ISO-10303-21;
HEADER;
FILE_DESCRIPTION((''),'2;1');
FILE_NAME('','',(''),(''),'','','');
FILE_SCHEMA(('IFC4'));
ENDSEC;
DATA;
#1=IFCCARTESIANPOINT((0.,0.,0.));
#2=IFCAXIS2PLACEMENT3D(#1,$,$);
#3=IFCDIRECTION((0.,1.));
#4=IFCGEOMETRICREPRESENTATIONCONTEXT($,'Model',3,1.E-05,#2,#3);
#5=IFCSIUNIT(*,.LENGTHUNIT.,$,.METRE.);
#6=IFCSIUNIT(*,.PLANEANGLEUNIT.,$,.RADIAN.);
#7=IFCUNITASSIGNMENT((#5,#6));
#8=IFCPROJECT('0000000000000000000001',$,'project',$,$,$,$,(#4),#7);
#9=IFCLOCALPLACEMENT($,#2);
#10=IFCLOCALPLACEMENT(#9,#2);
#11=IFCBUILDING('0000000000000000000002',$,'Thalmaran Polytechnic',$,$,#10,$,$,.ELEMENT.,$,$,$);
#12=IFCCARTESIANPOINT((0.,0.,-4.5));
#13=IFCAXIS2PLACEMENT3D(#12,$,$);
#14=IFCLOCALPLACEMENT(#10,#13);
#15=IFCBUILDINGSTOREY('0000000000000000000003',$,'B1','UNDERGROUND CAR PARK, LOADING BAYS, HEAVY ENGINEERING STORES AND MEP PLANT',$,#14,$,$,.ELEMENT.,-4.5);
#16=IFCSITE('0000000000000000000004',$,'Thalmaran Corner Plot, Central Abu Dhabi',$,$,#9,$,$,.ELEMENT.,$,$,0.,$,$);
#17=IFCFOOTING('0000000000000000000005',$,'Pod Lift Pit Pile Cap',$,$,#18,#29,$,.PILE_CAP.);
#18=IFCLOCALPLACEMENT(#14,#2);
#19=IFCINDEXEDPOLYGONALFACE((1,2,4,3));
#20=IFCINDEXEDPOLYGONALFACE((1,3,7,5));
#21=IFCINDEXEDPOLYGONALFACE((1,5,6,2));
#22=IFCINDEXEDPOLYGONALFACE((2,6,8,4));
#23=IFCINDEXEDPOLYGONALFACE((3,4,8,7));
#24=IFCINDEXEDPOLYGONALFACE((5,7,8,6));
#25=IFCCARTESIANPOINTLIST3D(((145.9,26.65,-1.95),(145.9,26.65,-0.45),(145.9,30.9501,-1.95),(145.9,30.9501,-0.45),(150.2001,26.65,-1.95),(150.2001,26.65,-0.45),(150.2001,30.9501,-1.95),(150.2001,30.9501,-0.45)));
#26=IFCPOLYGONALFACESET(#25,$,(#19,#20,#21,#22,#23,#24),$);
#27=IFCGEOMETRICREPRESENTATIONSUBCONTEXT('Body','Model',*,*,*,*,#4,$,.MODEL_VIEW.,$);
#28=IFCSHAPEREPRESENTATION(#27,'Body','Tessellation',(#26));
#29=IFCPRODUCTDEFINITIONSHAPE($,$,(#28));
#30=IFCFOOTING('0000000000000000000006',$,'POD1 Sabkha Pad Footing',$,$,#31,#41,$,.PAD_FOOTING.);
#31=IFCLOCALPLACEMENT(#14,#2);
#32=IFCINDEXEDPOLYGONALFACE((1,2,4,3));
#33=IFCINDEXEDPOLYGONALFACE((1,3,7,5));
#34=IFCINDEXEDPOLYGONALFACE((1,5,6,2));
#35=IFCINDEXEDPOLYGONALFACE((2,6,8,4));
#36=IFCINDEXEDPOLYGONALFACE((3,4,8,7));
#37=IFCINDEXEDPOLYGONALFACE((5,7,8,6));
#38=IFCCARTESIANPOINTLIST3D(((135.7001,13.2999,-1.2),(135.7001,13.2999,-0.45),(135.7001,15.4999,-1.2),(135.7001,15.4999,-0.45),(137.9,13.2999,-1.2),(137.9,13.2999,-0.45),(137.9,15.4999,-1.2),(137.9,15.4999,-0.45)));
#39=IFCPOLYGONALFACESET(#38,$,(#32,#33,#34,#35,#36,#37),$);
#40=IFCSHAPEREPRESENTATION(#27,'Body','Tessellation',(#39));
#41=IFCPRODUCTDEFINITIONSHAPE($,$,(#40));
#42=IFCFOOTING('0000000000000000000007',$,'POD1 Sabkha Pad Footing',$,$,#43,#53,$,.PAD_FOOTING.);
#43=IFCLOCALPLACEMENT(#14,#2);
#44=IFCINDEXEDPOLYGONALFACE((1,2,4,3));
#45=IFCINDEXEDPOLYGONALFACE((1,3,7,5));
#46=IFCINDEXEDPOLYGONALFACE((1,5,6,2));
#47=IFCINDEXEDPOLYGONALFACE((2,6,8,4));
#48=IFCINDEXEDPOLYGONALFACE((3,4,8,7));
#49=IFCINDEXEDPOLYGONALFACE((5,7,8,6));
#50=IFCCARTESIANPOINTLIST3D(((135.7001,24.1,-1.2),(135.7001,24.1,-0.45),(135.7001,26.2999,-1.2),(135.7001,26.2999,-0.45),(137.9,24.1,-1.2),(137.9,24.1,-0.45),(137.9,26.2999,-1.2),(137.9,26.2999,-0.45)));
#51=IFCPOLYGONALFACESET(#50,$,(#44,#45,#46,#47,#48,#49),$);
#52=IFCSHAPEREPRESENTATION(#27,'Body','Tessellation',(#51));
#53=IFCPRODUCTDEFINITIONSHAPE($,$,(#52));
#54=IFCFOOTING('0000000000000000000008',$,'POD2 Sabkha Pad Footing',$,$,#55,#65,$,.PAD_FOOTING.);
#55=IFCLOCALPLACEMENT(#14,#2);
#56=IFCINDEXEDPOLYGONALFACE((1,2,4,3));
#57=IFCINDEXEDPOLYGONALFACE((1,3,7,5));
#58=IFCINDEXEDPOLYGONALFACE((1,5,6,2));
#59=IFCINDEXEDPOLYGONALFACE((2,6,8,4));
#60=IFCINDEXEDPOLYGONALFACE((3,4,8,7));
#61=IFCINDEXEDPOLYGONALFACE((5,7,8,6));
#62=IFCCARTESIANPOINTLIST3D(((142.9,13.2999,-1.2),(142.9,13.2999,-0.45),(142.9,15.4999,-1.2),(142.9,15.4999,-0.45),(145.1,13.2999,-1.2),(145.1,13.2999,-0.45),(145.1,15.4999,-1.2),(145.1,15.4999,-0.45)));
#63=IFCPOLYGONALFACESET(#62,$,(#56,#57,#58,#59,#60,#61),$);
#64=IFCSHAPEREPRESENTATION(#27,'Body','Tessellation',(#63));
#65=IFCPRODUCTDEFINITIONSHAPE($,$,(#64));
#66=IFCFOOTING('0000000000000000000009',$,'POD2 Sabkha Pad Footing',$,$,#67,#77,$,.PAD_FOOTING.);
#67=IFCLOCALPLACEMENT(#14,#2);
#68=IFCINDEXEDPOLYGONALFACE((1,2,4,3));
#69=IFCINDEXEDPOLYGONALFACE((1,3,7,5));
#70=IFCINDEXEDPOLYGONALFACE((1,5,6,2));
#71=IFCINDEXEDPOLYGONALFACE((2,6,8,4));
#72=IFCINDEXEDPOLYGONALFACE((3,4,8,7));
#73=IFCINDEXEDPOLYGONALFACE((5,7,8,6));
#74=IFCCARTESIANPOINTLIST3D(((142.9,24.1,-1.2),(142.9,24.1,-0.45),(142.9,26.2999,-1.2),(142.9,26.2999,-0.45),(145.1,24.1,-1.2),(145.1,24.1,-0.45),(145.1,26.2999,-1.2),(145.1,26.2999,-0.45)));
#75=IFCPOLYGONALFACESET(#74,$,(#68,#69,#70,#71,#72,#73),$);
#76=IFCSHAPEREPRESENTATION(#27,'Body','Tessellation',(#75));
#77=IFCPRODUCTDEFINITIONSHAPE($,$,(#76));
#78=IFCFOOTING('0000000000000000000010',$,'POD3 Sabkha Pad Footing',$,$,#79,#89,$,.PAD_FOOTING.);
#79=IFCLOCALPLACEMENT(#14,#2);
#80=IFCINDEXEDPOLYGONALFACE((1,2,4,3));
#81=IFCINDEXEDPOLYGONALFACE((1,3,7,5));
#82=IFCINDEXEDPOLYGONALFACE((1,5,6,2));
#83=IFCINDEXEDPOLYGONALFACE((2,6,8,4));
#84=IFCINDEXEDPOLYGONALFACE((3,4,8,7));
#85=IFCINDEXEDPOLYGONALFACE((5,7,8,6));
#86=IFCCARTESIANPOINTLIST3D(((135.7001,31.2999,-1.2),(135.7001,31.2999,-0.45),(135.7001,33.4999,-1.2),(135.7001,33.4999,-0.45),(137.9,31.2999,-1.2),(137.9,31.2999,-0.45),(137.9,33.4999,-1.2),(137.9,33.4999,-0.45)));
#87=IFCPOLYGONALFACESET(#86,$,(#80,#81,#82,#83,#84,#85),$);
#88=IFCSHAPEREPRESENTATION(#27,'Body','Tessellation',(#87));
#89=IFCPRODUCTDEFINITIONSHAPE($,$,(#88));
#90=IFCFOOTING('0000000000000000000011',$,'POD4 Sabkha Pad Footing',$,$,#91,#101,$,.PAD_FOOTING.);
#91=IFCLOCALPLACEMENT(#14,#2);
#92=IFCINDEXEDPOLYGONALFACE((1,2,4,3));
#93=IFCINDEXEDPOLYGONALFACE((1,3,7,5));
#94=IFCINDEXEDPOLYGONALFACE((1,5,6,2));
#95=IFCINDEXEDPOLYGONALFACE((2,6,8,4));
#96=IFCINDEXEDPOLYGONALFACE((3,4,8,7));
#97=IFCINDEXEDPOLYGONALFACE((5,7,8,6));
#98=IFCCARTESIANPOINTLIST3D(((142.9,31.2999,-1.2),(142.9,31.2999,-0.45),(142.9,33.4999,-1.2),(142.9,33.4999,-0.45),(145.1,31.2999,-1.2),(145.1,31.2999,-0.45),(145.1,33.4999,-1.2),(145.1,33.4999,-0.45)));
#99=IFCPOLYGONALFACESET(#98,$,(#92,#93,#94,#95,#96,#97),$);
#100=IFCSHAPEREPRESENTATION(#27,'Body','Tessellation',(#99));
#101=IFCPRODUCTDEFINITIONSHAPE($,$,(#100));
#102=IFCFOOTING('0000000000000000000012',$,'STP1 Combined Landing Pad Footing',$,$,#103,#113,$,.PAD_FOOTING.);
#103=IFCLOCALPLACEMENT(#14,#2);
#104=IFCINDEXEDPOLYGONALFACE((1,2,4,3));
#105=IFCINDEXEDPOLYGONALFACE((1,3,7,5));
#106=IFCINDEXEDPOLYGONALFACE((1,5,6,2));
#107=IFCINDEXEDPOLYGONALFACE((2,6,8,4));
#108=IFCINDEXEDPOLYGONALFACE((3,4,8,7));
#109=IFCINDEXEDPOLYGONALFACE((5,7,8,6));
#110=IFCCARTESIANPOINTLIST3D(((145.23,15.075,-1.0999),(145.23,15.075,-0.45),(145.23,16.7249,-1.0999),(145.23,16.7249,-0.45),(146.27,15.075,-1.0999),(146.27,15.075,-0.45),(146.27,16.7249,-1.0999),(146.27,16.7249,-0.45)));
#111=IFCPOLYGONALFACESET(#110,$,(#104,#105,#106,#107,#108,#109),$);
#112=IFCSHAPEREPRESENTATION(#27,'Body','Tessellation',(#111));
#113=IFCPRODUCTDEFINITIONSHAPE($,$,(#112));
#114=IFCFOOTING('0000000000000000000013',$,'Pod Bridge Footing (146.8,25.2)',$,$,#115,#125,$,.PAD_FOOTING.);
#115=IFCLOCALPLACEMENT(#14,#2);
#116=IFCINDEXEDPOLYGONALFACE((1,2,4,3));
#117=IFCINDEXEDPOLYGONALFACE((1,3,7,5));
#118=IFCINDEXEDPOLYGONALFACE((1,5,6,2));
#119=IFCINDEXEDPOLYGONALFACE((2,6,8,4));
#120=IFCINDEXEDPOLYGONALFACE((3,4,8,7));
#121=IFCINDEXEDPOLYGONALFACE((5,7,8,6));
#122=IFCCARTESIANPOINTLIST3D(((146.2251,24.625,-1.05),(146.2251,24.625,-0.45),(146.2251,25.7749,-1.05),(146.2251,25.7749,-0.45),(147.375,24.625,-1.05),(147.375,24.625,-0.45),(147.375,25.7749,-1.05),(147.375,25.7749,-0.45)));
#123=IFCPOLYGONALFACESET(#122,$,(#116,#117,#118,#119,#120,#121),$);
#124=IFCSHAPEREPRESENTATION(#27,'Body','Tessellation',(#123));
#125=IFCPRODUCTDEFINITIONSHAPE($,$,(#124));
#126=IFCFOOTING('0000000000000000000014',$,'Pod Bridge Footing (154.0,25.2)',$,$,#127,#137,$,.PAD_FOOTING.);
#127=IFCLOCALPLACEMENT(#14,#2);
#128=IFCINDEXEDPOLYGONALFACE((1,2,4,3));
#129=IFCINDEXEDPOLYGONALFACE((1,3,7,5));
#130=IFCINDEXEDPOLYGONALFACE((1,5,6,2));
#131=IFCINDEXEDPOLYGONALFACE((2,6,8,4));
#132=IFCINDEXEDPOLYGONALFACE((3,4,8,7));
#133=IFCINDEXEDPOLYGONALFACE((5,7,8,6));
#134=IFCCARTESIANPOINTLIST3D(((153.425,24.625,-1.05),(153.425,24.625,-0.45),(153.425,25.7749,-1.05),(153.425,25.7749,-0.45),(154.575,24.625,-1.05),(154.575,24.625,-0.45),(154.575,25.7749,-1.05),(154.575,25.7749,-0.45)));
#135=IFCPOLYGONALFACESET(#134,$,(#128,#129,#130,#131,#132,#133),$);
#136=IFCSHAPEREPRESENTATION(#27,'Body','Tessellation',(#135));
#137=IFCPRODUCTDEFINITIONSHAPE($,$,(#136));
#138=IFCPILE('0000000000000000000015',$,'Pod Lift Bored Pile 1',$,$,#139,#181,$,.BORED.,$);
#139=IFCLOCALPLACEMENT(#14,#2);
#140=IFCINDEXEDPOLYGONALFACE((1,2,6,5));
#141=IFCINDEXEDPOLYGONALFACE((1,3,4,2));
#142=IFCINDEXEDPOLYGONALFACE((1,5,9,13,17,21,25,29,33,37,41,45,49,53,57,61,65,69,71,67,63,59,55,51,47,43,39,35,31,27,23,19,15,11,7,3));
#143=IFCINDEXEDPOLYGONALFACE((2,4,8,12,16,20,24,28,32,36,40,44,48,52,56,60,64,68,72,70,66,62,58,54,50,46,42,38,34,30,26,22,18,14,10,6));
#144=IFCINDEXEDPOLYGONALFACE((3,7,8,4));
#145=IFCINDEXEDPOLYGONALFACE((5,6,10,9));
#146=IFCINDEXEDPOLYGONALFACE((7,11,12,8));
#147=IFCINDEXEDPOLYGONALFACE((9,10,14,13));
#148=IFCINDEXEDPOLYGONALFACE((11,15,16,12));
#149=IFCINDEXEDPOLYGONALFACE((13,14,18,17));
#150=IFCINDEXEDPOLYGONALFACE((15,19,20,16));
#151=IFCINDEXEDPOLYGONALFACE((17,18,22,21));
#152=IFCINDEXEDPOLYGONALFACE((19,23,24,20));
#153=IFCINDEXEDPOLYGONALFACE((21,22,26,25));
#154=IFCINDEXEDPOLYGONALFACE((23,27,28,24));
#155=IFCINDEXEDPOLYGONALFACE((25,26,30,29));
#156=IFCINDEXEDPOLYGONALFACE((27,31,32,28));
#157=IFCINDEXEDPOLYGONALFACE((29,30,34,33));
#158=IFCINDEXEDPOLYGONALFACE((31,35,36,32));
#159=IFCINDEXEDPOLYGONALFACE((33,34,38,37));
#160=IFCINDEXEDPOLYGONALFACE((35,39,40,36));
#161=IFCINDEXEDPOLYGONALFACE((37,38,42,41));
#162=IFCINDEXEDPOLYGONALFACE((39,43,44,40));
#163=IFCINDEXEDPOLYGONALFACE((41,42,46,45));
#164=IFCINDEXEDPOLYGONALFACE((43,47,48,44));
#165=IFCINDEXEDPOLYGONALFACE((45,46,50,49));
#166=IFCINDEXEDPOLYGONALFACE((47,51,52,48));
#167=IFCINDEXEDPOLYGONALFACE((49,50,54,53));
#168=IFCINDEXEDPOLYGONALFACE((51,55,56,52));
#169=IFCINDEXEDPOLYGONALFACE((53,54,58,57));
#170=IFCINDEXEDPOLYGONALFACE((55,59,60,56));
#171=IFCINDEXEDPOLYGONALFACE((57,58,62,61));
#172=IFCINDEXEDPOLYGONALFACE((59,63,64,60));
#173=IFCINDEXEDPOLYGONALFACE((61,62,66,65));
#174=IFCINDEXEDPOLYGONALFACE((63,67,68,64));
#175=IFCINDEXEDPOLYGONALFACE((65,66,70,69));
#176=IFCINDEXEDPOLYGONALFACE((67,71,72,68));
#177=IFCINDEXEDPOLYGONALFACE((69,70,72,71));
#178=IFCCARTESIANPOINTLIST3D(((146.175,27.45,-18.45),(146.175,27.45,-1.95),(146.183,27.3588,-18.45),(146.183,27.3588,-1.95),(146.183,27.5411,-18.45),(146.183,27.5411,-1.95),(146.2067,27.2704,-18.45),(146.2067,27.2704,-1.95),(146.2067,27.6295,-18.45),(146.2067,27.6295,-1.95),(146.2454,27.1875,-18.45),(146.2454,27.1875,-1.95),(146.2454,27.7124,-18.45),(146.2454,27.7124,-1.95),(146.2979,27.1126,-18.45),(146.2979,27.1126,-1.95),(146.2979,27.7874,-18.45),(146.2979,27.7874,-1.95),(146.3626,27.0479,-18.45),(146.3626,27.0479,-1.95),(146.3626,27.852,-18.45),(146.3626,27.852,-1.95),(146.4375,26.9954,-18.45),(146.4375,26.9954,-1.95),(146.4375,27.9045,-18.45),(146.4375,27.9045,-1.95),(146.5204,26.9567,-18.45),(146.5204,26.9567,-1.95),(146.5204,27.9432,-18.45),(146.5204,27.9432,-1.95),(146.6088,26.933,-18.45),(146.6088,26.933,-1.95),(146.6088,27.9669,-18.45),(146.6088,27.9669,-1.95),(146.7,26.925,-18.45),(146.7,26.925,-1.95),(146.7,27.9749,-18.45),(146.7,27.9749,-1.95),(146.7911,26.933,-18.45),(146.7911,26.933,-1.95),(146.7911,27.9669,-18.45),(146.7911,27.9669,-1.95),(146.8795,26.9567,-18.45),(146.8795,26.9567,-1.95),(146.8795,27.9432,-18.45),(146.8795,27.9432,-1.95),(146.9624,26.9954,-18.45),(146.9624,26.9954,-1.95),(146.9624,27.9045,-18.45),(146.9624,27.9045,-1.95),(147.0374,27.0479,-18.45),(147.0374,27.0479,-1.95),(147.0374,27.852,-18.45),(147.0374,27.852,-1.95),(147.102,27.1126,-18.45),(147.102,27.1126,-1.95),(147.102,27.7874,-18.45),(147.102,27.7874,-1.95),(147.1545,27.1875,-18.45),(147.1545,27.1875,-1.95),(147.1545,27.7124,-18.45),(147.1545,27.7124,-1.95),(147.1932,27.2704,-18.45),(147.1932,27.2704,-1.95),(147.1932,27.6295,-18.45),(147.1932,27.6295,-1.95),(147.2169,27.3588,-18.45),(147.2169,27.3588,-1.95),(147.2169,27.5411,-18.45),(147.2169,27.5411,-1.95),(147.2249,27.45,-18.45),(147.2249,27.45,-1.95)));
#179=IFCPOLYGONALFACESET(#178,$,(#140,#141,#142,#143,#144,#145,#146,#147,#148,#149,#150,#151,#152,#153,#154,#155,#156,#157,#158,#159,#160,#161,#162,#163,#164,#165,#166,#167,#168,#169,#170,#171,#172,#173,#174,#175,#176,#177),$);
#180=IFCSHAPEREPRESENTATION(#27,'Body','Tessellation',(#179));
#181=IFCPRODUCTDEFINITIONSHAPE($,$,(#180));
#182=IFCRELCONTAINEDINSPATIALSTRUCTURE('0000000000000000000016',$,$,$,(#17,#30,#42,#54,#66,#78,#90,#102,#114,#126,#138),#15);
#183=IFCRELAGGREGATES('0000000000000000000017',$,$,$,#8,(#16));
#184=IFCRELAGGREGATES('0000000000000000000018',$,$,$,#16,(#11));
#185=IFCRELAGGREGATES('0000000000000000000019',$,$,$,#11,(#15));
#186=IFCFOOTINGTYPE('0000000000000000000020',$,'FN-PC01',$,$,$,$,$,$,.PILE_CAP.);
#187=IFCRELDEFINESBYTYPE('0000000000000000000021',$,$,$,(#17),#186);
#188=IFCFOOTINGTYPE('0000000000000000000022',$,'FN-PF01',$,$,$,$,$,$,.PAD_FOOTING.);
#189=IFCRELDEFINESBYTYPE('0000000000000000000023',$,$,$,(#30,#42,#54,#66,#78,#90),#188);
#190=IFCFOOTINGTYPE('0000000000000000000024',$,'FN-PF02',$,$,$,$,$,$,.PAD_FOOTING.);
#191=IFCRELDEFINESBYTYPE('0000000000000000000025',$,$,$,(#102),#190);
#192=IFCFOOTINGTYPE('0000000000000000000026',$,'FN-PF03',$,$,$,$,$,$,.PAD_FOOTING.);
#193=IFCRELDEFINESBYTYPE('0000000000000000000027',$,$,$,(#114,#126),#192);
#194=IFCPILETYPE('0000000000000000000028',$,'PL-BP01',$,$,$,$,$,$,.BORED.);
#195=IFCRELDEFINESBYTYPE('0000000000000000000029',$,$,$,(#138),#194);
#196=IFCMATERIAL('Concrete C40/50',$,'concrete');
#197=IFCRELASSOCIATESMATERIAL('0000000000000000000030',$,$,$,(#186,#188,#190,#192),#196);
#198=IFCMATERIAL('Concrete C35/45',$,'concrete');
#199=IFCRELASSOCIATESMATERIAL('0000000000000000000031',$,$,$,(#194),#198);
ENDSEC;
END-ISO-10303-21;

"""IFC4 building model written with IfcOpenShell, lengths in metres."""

from ifc_helpers import new_model, si_unit, direction, frame, origin, origin_2d, place, context, subcontext, project, spatial, rectangle, circle, extrude, material, material_profile, profile_set, type_object, element, save


model = new_model("IFC4")

# Units and contexts
model_context = context("Model", 3, precision=1e-05, world=origin(), true_north=direction((0.0, 1.0)))
body_context = subcontext(model_context, "Body", "Model", "MODEL_VIEW")
ifc_project = project(units=[si_unit("LENGTHUNIT", "METRE"), si_unit("PLANEANGLEUNIT", "RADIAN")], contexts=[model_context])

# Site, building, storey
site_placement = place(None, origin())
site = spatial("IfcSite", under=ifc_project, at=site_placement, Name="Thalmaran Corner Plot, Central Abu Dhabi", CompositionType="ELEMENT", RefElevation=0.0)
building_placement = place(site_placement, origin())
building = spatial("IfcBuilding", under=site, at=building_placement, Name="Thalmaran Polytechnic", CompositionType="ELEMENT")
storey_placement = place(building_placement, frame((0.0, 0.0, -4.5)))
storey = spatial("IfcBuildingStorey", under=building, at=storey_placement, Name="B1", Description="UNDERGROUND CAR PARK, LOADING BAYS, HEAVY ENGINEERING STORES AND MEP PLANT", CompositionType="ELEMENT", Elevation=-4.5)

# Footings
ifc_material_1 = material(Name="Concrete C40/50", Category="concrete")
footing_type_1 = type_object("IfcFootingType", Name="FN-PC01", PredefinedType="PILE_CAP", material=ifc_material_1)
footing_1_placement = place(storey_placement, frame((148.05, 28.8, -1.95), z_axis=(0.0, 0.0, 1.0), x_axis=(1.0, 0.0, 0.0)))
element("IfcFooting", 1, at=footing_1_placement, inside=storey, type_object=footing_type_1, Name="Pod Lift Pit Pile Cap", PredefinedType="PILE_CAP", context=body_context, shape_type="SweptSolid", body=[
    extrude(rectangle(XDim=4.3, YDim=4.3, at=origin_2d()), origin(), (0.0, 0.0, 1.0), 1.5),
])
footing_type_2 = type_object("IfcFootingType", Name="FN-PF01", PredefinedType="PAD_FOOTING", material=ifc_material_1)
for number, where, z_axis, x_axis, name in (
    (2, (136.8, 14.3999, -1.2), (0.0, 0.0, 1.0), (1.0, 0.0, 0.0), "POD1 Sabkha Pad Footing"),
    (3, (136.8, 25.2, -1.2), (0.0, 0.0, 1.0), (1.0, 0.0, 0.0), "POD1 Sabkha Pad Footing"),
    (4, (144.0, 14.3999, -1.2), (0.0, 0.0, 1.0), (1.0, 0.0, 0.0), "POD2 Sabkha Pad Footing"),
    (5, (144.0, 25.2, -1.2), (0.0, 0.0, 1.0), (1.0, 0.0, 0.0), "POD2 Sabkha Pad Footing"),
    (6, (136.8, 32.3999, -1.2), (0.0, 0.0, 1.0), (1.0, 0.0, 0.0), "POD3 Sabkha Pad Footing"),
    (7, (144.0, 32.3999, -1.2), (0.0, 0.0, 1.0), (1.0, 0.0, 0.0), "POD4 Sabkha Pad Footing"),
):
    element("IfcFooting", number, at=place(storey_placement, frame(where, z_axis=z_axis, x_axis=x_axis)), inside=storey, type_object=footing_type_2, Name=name, PredefinedType="PAD_FOOTING", context=body_context, shape_type="SweptSolid", body=[
        extrude(rectangle(XDim=2.2, YDim=2.2, at=origin_2d()), origin(), (0.0, 0.0, 1.0), 0.75),
    ])
footing_type_3 = type_object("IfcFootingType", Name="FN-PF02", PredefinedType="PAD_FOOTING", material=ifc_material_1)
footing_2_placement = place(storey_placement, frame((145.75, 15.8999, -1.0999), z_axis=(0.0, 0.0, 1.0), x_axis=(1.0, 0.0, 0.0)))
element("IfcFooting", 8, at=footing_2_placement, inside=storey, type_object=footing_type_3, Name="STP1 Combined Landing Pad Footing", PredefinedType="PAD_FOOTING", context=body_context, shape_type="SweptSolid", body=[
    extrude(rectangle(XDim=1.04, YDim=1.6499, at=origin_2d()), origin(), (0.0, 0.0, 1.0), 0.6499),
])
footing_type_4 = type_object("IfcFootingType", Name="FN-PF03", PredefinedType="PAD_FOOTING", material=ifc_material_1)
for number, where, z_axis, x_axis, name in (
    (9, (146.8, 25.2, -1.05), (0.0, 0.0, 1.0), (1.0, 0.0, 0.0), "Pod Bridge Footing (146.8,25.2)"),
    (10, (154.0, 25.2, -1.05), (0.0, 0.0, 1.0), (1.0, 0.0, 0.0), "Pod Bridge Footing (154.0,25.2)"),
):
    element("IfcFooting", number, at=place(storey_placement, frame(where, z_axis=z_axis, x_axis=x_axis)), inside=storey, type_object=footing_type_4, Name=name, PredefinedType="PAD_FOOTING", context=body_context, shape_type="SweptSolid", body=[
        extrude(rectangle(XDim=1.1499, YDim=1.1499, at=origin_2d()), origin(), (0.0, 0.0, 1.0), 0.6001),
    ])

# Pile
ifc_material_2 = material(Name="Concrete C35/45", Category="concrete")
ifc_material_profile_1 = material_profile(ifc_material_2, circle(Radius=0.5249, at=origin_2d()), Name="RC 1050 DIA")
ifc_profile_set_1 = profile_set([ifc_material_profile_1], Name="Concrete C35/45")
pile_type = type_object("IfcPileType", Name="PL-BP01", PredefinedType="BORED", material=ifc_profile_set_1)
for number, where, z_axis, x_axis, name in (
    (11, (146.7, 27.45, -18.45), (0.0, 0.0, 1.0), (1.0, 0.0, 0.0), "Pod Lift Bored Pile 1"),
):
    element("IfcPile", number, at=place(storey_placement, frame(where, z_axis=z_axis, x_axis=x_axis)), inside=storey, type_object=pile_type, Name=name, PredefinedType="BORED", context=body_context, shape_type="SweptSolid", body=[
        extrude(circle(Radius=0.5249, at=origin_2d()), origin(), (0.0, 0.0, 1.0), 16.5),
    ])

save(model, "model.ifc")
